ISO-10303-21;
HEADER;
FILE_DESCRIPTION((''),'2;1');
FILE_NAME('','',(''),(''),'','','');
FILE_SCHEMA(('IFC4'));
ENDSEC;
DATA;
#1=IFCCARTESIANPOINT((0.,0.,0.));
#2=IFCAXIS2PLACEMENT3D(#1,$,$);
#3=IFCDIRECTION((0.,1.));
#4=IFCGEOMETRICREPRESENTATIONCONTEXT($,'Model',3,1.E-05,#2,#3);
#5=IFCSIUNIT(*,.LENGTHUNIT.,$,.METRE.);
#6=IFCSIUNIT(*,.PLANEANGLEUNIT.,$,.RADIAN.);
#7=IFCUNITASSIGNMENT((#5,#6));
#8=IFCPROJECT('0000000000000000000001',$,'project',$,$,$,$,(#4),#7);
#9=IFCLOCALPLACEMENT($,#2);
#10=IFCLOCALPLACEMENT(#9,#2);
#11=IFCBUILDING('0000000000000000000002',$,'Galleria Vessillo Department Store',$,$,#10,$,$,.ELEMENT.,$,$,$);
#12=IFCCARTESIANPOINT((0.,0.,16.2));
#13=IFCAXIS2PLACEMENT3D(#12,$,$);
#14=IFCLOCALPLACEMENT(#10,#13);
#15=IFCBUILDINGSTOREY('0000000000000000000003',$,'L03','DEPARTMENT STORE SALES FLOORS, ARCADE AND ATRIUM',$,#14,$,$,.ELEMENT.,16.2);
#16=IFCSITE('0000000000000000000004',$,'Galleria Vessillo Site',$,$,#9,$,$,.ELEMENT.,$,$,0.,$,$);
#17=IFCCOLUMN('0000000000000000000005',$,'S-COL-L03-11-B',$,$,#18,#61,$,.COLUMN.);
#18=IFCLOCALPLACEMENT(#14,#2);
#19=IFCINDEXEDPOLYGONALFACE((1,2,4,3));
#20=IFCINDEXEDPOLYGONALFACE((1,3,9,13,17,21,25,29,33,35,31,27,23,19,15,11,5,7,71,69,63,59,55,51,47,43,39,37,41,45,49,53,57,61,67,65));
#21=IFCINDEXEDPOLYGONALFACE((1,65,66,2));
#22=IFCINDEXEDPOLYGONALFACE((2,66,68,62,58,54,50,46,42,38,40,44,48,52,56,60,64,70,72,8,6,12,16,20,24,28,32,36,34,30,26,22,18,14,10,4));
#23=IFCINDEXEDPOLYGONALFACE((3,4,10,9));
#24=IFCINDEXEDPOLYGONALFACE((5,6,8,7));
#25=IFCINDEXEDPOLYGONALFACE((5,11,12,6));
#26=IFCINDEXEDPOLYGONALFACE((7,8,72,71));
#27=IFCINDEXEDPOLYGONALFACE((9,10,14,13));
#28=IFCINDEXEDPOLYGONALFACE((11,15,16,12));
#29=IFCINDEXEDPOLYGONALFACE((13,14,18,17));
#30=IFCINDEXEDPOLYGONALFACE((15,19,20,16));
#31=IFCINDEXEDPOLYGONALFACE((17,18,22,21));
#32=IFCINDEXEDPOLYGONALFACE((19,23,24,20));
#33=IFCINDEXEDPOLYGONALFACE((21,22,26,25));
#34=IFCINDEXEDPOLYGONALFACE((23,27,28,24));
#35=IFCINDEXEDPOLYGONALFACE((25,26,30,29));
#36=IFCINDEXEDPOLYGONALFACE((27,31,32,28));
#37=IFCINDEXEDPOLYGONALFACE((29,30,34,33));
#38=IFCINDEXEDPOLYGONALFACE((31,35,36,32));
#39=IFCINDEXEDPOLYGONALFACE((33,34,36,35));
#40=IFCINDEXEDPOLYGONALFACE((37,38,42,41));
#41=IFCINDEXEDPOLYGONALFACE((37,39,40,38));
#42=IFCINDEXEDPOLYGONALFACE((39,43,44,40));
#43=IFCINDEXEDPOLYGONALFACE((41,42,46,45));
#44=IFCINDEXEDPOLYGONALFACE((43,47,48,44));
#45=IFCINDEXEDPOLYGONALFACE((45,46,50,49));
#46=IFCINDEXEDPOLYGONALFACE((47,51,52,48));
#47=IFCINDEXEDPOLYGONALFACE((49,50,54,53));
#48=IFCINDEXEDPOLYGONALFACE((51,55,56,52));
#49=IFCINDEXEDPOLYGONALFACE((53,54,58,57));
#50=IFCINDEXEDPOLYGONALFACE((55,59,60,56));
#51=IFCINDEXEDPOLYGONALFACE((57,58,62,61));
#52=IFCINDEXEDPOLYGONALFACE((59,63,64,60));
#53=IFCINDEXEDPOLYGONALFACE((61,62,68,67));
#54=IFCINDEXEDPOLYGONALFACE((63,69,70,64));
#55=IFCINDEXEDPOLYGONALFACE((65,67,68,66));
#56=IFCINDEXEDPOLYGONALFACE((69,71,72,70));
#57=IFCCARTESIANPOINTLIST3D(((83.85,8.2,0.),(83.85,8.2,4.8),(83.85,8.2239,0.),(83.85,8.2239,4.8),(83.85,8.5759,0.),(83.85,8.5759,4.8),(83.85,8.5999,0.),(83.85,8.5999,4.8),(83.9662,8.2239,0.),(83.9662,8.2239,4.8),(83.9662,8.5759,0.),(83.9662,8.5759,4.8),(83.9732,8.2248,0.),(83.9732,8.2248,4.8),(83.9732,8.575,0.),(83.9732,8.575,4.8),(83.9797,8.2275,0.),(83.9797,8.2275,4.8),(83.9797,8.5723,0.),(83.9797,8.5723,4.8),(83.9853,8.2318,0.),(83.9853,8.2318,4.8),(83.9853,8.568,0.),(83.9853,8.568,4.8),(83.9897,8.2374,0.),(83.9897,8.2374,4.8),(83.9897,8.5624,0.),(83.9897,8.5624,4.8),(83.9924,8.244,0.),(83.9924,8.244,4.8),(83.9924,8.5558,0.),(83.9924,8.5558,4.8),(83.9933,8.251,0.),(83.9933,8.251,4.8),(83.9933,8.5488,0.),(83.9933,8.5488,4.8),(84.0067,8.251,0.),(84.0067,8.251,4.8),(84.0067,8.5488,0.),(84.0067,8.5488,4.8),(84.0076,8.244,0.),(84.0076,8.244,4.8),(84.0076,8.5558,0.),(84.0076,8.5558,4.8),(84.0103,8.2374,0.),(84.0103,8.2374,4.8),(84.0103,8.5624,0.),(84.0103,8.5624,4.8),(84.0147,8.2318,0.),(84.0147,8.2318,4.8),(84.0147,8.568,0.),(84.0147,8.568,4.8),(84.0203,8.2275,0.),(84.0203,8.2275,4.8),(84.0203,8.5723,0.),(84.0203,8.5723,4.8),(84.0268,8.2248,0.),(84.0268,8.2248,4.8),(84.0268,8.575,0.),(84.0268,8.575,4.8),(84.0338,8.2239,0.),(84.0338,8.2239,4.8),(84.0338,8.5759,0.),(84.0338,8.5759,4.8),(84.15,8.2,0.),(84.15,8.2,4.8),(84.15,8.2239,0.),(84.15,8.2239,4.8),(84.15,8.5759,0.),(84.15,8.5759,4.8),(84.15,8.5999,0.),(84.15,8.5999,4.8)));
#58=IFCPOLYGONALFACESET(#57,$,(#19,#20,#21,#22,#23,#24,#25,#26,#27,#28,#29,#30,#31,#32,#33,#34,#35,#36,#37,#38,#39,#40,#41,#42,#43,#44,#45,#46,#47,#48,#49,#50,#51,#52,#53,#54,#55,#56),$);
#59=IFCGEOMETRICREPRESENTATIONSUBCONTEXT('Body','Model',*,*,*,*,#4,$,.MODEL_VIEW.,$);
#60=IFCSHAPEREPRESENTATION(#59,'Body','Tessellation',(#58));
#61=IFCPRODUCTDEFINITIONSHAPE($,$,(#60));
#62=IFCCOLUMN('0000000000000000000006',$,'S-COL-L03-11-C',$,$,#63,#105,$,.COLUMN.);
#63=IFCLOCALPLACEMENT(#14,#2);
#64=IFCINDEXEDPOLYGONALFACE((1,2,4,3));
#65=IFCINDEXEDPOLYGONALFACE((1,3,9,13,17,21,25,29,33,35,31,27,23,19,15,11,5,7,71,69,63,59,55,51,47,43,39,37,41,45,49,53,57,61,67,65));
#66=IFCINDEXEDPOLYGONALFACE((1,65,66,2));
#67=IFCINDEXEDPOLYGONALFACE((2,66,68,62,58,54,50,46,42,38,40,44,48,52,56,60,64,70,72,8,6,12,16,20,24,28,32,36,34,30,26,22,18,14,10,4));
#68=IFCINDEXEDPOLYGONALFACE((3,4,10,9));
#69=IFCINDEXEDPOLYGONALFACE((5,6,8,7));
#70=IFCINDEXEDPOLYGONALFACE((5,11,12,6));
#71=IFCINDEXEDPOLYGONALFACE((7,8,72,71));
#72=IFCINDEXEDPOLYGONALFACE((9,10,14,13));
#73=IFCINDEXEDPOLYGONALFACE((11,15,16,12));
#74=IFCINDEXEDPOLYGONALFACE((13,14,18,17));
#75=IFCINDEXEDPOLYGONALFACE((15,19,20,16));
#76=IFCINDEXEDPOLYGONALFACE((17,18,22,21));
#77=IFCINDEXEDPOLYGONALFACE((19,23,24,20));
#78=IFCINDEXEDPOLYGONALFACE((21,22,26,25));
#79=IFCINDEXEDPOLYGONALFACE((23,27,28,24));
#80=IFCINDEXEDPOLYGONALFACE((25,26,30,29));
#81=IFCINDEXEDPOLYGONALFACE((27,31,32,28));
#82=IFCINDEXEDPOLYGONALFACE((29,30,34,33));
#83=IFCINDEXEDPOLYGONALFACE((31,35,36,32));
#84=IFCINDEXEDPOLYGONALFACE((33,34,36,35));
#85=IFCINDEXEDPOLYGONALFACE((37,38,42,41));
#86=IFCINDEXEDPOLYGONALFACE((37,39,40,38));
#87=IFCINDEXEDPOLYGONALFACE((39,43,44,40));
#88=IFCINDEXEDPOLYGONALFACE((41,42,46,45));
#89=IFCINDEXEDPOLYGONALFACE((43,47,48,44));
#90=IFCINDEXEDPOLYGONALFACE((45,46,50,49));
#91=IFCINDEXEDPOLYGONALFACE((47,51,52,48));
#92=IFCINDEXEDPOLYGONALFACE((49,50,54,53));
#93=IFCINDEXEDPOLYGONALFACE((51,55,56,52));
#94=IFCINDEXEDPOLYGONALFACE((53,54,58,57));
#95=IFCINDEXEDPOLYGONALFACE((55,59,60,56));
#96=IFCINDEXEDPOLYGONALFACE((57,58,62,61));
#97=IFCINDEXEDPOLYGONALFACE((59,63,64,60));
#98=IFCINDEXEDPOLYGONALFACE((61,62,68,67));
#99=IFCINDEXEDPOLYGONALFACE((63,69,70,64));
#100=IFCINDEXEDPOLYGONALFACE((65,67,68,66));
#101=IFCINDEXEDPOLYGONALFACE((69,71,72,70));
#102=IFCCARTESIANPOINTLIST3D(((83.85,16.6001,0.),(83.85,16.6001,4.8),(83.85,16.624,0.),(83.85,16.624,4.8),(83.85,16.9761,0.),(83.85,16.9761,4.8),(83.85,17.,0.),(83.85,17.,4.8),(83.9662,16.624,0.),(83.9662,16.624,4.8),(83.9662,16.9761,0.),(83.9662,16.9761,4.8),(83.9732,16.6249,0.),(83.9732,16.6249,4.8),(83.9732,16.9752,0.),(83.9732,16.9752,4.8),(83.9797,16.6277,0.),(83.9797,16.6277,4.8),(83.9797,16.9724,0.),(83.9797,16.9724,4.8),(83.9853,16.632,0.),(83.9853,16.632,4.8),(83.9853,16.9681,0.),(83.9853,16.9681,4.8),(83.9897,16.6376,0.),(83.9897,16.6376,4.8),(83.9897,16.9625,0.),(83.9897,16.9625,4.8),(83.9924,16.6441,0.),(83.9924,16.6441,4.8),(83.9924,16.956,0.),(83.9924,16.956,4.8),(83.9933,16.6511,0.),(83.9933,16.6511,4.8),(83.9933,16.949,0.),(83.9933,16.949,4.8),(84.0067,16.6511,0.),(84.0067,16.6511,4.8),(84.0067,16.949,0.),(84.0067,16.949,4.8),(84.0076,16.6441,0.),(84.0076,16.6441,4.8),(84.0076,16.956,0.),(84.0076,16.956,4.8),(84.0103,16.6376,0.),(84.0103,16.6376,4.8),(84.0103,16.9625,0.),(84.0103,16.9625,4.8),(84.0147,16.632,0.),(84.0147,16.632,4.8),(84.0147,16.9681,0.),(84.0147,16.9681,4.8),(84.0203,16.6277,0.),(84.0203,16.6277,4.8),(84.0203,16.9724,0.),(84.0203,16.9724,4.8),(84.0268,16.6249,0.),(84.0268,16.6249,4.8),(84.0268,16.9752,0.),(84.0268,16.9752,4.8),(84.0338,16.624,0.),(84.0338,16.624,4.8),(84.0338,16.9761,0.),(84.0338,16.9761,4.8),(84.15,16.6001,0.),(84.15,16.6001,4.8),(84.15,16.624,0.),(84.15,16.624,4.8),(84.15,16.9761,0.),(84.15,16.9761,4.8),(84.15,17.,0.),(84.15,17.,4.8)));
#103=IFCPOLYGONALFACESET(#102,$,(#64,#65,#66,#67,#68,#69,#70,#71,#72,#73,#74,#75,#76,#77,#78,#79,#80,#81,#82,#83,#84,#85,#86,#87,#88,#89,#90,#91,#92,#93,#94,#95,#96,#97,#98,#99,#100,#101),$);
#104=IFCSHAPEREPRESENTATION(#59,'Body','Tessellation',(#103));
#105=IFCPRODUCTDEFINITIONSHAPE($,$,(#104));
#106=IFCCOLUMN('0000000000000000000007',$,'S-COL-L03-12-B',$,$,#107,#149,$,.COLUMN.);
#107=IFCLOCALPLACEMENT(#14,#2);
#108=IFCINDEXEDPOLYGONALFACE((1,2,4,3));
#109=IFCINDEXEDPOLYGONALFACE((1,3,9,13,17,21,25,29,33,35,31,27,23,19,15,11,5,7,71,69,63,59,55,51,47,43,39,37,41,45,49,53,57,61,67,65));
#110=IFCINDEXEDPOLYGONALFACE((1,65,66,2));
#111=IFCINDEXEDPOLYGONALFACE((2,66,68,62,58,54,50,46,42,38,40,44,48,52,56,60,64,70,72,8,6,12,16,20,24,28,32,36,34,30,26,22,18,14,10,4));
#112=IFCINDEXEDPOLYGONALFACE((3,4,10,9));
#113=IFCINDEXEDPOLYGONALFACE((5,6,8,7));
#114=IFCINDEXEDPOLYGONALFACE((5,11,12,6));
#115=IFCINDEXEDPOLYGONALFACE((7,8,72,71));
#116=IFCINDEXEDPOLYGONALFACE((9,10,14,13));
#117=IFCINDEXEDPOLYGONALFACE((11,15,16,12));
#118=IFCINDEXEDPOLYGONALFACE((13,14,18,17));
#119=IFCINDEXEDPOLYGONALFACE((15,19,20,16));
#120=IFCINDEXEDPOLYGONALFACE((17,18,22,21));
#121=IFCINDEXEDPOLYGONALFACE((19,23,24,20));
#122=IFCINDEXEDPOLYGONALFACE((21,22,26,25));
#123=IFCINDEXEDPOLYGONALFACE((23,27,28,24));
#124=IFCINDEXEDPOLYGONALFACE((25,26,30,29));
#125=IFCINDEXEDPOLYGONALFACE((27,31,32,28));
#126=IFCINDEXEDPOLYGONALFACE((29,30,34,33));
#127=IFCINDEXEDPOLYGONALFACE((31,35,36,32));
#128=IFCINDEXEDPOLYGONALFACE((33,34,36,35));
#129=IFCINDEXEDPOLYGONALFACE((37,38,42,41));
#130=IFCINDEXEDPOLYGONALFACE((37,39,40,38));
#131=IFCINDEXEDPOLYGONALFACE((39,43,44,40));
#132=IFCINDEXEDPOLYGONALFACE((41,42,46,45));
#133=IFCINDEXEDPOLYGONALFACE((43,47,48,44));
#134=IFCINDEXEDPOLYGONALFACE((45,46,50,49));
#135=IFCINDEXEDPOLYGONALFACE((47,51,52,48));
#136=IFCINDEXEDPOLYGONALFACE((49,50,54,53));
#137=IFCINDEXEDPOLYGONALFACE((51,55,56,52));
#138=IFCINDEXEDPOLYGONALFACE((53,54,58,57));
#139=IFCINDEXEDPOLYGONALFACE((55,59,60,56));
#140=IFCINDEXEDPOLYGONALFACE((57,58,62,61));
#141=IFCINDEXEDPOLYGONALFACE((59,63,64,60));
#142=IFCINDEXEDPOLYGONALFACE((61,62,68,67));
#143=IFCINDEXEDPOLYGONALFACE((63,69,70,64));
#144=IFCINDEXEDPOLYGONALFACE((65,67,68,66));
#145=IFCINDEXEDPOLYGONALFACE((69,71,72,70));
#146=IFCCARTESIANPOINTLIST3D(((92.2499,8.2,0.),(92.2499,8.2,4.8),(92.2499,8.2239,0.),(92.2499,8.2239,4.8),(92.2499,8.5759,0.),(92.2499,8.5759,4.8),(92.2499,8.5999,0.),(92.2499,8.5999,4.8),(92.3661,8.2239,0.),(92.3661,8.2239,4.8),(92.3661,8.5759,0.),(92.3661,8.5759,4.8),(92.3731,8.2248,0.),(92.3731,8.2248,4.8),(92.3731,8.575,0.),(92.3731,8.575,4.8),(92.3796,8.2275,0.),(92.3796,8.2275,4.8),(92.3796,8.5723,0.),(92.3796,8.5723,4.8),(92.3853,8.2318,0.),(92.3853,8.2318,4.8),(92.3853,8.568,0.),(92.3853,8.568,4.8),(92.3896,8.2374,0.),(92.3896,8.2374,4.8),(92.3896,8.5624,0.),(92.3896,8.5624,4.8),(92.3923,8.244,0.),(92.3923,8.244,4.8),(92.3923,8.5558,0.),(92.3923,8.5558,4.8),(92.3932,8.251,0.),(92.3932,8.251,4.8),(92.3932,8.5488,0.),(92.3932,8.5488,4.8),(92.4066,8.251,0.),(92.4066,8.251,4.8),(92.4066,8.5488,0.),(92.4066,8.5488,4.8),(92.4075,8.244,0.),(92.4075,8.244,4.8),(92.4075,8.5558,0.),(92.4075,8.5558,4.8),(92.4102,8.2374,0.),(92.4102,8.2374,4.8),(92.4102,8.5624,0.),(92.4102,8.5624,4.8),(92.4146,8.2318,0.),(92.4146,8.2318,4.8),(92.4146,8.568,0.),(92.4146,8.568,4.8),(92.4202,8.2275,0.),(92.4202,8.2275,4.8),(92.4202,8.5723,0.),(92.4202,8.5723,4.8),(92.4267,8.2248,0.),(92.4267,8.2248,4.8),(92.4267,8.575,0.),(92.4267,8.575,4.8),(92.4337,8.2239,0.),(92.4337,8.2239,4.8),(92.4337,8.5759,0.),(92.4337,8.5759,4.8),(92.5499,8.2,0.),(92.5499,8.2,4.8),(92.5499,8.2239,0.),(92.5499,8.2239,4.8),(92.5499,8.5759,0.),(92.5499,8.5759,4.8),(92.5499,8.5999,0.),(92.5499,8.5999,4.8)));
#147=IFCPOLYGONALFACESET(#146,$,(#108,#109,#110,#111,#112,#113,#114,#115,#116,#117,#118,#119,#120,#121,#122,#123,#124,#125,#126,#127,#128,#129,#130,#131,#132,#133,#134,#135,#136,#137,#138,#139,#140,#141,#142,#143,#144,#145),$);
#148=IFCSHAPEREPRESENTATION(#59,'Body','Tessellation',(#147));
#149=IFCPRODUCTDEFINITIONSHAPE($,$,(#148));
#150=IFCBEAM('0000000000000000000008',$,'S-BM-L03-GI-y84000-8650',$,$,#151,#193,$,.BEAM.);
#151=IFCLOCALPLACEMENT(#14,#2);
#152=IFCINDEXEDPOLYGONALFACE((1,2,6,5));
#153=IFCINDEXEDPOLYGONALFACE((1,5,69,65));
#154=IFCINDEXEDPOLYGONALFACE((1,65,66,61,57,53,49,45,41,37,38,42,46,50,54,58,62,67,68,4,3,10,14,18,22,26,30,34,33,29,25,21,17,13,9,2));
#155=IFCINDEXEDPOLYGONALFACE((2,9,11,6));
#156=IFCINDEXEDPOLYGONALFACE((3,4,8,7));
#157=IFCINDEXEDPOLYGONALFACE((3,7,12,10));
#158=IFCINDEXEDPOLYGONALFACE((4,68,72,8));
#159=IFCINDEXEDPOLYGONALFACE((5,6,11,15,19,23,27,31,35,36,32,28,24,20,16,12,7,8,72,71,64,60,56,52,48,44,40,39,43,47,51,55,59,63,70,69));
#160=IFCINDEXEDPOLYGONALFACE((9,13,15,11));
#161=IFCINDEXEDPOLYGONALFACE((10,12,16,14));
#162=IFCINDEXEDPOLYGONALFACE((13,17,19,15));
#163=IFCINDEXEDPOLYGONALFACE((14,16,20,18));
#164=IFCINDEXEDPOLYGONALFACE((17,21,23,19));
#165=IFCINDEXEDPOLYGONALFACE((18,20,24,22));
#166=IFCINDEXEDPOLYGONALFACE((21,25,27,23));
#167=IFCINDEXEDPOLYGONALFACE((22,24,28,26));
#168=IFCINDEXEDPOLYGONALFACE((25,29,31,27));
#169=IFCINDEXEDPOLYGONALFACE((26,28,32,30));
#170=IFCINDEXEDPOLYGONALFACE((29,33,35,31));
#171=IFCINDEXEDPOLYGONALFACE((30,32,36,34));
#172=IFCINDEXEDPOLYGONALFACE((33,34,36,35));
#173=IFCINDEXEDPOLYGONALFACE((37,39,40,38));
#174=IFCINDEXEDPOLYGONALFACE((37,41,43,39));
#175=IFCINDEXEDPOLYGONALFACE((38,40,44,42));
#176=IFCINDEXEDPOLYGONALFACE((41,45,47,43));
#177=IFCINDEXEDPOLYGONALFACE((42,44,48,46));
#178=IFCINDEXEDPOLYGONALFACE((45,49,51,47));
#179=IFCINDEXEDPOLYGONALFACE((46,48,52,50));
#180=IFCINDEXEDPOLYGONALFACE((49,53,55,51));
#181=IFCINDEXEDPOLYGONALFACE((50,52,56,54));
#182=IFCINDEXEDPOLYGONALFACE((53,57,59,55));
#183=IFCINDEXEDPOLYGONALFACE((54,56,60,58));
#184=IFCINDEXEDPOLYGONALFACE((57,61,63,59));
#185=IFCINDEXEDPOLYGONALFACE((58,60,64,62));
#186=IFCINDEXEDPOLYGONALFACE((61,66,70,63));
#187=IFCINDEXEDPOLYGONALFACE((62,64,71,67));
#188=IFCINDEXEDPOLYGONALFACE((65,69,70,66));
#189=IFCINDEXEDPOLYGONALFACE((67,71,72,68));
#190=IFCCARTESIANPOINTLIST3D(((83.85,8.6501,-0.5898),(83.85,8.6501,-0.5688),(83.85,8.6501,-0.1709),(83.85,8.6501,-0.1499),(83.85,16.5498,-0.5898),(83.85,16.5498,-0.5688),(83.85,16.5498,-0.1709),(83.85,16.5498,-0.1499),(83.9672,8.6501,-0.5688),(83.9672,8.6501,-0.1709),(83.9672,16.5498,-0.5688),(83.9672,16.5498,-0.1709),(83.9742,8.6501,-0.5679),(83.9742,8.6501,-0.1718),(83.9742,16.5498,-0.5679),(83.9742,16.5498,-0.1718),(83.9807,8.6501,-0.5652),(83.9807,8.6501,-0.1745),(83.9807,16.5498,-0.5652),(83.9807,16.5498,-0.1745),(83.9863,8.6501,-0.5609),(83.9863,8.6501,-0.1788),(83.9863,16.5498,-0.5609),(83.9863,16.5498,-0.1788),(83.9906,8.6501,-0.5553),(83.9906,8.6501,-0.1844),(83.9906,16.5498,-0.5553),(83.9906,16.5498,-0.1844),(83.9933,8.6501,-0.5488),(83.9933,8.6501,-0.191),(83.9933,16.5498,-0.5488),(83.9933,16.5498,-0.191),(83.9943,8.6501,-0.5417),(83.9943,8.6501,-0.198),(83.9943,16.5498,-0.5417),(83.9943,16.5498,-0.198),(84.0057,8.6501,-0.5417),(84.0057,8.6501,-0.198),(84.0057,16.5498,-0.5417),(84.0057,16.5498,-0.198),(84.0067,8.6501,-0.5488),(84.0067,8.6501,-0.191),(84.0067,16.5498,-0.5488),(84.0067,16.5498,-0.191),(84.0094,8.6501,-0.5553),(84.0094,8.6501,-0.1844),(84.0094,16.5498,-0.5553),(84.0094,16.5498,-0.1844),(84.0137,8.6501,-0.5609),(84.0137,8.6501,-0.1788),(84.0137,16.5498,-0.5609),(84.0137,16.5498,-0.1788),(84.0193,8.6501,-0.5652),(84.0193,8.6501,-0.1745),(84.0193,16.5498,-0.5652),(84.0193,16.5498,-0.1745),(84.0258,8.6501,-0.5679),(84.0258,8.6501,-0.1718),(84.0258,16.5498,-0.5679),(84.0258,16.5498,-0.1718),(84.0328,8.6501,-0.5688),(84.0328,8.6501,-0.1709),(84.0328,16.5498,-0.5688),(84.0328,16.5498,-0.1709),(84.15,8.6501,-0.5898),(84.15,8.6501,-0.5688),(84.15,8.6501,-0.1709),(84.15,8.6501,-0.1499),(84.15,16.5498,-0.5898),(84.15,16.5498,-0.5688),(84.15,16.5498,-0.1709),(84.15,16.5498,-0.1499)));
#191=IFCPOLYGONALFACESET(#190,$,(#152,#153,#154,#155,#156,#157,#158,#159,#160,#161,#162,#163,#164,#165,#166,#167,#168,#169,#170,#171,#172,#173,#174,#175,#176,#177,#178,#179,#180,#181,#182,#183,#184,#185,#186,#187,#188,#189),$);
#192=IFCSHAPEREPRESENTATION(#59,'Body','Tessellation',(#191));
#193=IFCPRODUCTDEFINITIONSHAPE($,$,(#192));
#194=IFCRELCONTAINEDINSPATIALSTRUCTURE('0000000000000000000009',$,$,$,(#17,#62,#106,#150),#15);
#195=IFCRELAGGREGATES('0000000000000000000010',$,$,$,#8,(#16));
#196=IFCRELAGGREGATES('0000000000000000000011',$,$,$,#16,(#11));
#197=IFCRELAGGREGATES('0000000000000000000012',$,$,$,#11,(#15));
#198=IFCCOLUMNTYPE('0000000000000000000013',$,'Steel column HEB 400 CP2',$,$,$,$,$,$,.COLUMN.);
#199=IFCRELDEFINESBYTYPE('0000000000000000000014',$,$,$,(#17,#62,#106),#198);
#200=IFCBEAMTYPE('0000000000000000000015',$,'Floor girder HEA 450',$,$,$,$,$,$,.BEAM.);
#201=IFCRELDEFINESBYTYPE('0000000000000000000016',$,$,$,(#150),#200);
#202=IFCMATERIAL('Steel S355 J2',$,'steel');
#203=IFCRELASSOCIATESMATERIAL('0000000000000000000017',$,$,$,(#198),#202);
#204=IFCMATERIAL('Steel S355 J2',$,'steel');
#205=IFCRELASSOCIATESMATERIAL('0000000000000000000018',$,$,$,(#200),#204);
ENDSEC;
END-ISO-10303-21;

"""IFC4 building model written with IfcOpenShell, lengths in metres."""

from ifc_helpers import new_model, si_unit, direction, frame, origin, origin_2d, place, context, subcontext, project, spatial, i_section, extrude, material, material_profile, profile_set, type_object, element, save


model = new_model("IFC4")

# Units and contexts
model_context = context("Model", 3, precision=1e-05, world=origin(), true_north=direction((0.0, 1.0)))
body_context = subcontext(model_context, "Body", "Model", "MODEL_VIEW")
ifc_project = project(units=[si_unit("LENGTHUNIT", "METRE"), si_unit("PLANEANGLEUNIT", "RADIAN")], contexts=[model_context])

# Site, building, storey
site_placement = place(None, origin())
site = spatial("IfcSite", under=ifc_project, at=site_placement, Name="Galleria Vessillo Site", CompositionType="ELEMENT", RefElevation=0.0)
building_placement = place(site_placement, origin())
building = spatial("IfcBuilding", under=site, at=building_placement, Name="Galleria Vessillo Department Store", CompositionType="ELEMENT")
storey_placement = place(building_placement, frame((0.0, 0.0, 16.2)))
storey = spatial("IfcBuildingStorey", under=building, at=storey_placement, Name="L03", Description="DEPARTMENT STORE SALES FLOORS, ARCADE AND ATRIUM", CompositionType="ELEMENT", Elevation=16.2)

# Columns
ifc_material_1 = material(Name="Steel S355 J2", Category="steel")
ifc_material_profile_1 = material_profile(ifc_material_1, i_section(OverallWidth=0.3, OverallDepth=0.3999, WebThickness=0.0134, FlangeThickness=0.0239, FilletRadius=0.0271, at=origin_2d()), Name="HEB 400")
ifc_profile_set_1 = profile_set([ifc_material_profile_1], Name="Steel S355 J2")
column_type = type_object("IfcColumnType", Name="Steel column HEB 400 CP2", PredefinedType="COLUMN", material=ifc_profile_set_1)
for number, where, z_axis, x_axis, name in (
    (1, (84.0, 8.3999, 0.0), (0.0, 0.0, 1.0), (1.0, 0.0, 0.0), "S-COL-L03-11-B"),
    (2, (84.0, 16.8, 0.0), (0.0, 0.0, 1.0), (1.0, 0.0, 0.0), "S-COL-L03-11-C"),
    (3, (92.3999, 8.3999, 0.0), (0.0, 0.0, 1.0), (1.0, 0.0, 0.0), "S-COL-L03-12-B"),
):
    element("IfcColumn", number, at=place(storey_placement, frame(where, z_axis=z_axis, x_axis=x_axis)), inside=storey, type_object=column_type, Name=name, PredefinedType="COLUMN", context=body_context, shape_type="SweptSolid", body=[
        extrude(i_section(OverallWidth=0.3, OverallDepth=0.3999, WebThickness=0.0134, FlangeThickness=0.0239, FilletRadius=0.0271, at=origin_2d()), origin(), (0.0, 0.0, 1.0), 4.8),
    ])

# Beam
ifc_material_2 = material(Name="Steel S355 J2", Category="steel")
ifc_material_profile_2 = material_profile(ifc_material_2, i_section(OverallWidth=0.3, OverallDepth=0.4399, WebThickness=0.0115, FlangeThickness=0.021, FilletRadius=0.0271, at=origin_2d()), Name="HEA 450")
ifc_profile_set_2 = profile_set([ifc_material_profile_2], Name="Steel S355 J2")
beam_type_1 = type_object("IfcBeamType", Name="Floor girder HEA 450", PredefinedType="BEAM", material=ifc_profile_set_2)
beam_1_placement = place(storey_placement, frame((84.0, 8.6501, -0.3699), z_axis=(0.0, 1.0, 0.0), x_axis=(-1.0, 0.0, 0.0)))
element("IfcBeam", 4, at=beam_1_placement, inside=storey, type_object=beam_type_1, Name="S-BM-L03-GI-y84000-8650", PredefinedType="BEAM", context=body_context, shape_type="SweptSolid", body=[
    extrude(i_section(OverallWidth=0.3, OverallDepth=0.4399, WebThickness=0.0115, FlangeThickness=0.021, FilletRadius=0.0271, at=origin_2d()), origin(), (0.0, 0.0, 1.0), 7.8997),
])

save(model, "model.ifc")
